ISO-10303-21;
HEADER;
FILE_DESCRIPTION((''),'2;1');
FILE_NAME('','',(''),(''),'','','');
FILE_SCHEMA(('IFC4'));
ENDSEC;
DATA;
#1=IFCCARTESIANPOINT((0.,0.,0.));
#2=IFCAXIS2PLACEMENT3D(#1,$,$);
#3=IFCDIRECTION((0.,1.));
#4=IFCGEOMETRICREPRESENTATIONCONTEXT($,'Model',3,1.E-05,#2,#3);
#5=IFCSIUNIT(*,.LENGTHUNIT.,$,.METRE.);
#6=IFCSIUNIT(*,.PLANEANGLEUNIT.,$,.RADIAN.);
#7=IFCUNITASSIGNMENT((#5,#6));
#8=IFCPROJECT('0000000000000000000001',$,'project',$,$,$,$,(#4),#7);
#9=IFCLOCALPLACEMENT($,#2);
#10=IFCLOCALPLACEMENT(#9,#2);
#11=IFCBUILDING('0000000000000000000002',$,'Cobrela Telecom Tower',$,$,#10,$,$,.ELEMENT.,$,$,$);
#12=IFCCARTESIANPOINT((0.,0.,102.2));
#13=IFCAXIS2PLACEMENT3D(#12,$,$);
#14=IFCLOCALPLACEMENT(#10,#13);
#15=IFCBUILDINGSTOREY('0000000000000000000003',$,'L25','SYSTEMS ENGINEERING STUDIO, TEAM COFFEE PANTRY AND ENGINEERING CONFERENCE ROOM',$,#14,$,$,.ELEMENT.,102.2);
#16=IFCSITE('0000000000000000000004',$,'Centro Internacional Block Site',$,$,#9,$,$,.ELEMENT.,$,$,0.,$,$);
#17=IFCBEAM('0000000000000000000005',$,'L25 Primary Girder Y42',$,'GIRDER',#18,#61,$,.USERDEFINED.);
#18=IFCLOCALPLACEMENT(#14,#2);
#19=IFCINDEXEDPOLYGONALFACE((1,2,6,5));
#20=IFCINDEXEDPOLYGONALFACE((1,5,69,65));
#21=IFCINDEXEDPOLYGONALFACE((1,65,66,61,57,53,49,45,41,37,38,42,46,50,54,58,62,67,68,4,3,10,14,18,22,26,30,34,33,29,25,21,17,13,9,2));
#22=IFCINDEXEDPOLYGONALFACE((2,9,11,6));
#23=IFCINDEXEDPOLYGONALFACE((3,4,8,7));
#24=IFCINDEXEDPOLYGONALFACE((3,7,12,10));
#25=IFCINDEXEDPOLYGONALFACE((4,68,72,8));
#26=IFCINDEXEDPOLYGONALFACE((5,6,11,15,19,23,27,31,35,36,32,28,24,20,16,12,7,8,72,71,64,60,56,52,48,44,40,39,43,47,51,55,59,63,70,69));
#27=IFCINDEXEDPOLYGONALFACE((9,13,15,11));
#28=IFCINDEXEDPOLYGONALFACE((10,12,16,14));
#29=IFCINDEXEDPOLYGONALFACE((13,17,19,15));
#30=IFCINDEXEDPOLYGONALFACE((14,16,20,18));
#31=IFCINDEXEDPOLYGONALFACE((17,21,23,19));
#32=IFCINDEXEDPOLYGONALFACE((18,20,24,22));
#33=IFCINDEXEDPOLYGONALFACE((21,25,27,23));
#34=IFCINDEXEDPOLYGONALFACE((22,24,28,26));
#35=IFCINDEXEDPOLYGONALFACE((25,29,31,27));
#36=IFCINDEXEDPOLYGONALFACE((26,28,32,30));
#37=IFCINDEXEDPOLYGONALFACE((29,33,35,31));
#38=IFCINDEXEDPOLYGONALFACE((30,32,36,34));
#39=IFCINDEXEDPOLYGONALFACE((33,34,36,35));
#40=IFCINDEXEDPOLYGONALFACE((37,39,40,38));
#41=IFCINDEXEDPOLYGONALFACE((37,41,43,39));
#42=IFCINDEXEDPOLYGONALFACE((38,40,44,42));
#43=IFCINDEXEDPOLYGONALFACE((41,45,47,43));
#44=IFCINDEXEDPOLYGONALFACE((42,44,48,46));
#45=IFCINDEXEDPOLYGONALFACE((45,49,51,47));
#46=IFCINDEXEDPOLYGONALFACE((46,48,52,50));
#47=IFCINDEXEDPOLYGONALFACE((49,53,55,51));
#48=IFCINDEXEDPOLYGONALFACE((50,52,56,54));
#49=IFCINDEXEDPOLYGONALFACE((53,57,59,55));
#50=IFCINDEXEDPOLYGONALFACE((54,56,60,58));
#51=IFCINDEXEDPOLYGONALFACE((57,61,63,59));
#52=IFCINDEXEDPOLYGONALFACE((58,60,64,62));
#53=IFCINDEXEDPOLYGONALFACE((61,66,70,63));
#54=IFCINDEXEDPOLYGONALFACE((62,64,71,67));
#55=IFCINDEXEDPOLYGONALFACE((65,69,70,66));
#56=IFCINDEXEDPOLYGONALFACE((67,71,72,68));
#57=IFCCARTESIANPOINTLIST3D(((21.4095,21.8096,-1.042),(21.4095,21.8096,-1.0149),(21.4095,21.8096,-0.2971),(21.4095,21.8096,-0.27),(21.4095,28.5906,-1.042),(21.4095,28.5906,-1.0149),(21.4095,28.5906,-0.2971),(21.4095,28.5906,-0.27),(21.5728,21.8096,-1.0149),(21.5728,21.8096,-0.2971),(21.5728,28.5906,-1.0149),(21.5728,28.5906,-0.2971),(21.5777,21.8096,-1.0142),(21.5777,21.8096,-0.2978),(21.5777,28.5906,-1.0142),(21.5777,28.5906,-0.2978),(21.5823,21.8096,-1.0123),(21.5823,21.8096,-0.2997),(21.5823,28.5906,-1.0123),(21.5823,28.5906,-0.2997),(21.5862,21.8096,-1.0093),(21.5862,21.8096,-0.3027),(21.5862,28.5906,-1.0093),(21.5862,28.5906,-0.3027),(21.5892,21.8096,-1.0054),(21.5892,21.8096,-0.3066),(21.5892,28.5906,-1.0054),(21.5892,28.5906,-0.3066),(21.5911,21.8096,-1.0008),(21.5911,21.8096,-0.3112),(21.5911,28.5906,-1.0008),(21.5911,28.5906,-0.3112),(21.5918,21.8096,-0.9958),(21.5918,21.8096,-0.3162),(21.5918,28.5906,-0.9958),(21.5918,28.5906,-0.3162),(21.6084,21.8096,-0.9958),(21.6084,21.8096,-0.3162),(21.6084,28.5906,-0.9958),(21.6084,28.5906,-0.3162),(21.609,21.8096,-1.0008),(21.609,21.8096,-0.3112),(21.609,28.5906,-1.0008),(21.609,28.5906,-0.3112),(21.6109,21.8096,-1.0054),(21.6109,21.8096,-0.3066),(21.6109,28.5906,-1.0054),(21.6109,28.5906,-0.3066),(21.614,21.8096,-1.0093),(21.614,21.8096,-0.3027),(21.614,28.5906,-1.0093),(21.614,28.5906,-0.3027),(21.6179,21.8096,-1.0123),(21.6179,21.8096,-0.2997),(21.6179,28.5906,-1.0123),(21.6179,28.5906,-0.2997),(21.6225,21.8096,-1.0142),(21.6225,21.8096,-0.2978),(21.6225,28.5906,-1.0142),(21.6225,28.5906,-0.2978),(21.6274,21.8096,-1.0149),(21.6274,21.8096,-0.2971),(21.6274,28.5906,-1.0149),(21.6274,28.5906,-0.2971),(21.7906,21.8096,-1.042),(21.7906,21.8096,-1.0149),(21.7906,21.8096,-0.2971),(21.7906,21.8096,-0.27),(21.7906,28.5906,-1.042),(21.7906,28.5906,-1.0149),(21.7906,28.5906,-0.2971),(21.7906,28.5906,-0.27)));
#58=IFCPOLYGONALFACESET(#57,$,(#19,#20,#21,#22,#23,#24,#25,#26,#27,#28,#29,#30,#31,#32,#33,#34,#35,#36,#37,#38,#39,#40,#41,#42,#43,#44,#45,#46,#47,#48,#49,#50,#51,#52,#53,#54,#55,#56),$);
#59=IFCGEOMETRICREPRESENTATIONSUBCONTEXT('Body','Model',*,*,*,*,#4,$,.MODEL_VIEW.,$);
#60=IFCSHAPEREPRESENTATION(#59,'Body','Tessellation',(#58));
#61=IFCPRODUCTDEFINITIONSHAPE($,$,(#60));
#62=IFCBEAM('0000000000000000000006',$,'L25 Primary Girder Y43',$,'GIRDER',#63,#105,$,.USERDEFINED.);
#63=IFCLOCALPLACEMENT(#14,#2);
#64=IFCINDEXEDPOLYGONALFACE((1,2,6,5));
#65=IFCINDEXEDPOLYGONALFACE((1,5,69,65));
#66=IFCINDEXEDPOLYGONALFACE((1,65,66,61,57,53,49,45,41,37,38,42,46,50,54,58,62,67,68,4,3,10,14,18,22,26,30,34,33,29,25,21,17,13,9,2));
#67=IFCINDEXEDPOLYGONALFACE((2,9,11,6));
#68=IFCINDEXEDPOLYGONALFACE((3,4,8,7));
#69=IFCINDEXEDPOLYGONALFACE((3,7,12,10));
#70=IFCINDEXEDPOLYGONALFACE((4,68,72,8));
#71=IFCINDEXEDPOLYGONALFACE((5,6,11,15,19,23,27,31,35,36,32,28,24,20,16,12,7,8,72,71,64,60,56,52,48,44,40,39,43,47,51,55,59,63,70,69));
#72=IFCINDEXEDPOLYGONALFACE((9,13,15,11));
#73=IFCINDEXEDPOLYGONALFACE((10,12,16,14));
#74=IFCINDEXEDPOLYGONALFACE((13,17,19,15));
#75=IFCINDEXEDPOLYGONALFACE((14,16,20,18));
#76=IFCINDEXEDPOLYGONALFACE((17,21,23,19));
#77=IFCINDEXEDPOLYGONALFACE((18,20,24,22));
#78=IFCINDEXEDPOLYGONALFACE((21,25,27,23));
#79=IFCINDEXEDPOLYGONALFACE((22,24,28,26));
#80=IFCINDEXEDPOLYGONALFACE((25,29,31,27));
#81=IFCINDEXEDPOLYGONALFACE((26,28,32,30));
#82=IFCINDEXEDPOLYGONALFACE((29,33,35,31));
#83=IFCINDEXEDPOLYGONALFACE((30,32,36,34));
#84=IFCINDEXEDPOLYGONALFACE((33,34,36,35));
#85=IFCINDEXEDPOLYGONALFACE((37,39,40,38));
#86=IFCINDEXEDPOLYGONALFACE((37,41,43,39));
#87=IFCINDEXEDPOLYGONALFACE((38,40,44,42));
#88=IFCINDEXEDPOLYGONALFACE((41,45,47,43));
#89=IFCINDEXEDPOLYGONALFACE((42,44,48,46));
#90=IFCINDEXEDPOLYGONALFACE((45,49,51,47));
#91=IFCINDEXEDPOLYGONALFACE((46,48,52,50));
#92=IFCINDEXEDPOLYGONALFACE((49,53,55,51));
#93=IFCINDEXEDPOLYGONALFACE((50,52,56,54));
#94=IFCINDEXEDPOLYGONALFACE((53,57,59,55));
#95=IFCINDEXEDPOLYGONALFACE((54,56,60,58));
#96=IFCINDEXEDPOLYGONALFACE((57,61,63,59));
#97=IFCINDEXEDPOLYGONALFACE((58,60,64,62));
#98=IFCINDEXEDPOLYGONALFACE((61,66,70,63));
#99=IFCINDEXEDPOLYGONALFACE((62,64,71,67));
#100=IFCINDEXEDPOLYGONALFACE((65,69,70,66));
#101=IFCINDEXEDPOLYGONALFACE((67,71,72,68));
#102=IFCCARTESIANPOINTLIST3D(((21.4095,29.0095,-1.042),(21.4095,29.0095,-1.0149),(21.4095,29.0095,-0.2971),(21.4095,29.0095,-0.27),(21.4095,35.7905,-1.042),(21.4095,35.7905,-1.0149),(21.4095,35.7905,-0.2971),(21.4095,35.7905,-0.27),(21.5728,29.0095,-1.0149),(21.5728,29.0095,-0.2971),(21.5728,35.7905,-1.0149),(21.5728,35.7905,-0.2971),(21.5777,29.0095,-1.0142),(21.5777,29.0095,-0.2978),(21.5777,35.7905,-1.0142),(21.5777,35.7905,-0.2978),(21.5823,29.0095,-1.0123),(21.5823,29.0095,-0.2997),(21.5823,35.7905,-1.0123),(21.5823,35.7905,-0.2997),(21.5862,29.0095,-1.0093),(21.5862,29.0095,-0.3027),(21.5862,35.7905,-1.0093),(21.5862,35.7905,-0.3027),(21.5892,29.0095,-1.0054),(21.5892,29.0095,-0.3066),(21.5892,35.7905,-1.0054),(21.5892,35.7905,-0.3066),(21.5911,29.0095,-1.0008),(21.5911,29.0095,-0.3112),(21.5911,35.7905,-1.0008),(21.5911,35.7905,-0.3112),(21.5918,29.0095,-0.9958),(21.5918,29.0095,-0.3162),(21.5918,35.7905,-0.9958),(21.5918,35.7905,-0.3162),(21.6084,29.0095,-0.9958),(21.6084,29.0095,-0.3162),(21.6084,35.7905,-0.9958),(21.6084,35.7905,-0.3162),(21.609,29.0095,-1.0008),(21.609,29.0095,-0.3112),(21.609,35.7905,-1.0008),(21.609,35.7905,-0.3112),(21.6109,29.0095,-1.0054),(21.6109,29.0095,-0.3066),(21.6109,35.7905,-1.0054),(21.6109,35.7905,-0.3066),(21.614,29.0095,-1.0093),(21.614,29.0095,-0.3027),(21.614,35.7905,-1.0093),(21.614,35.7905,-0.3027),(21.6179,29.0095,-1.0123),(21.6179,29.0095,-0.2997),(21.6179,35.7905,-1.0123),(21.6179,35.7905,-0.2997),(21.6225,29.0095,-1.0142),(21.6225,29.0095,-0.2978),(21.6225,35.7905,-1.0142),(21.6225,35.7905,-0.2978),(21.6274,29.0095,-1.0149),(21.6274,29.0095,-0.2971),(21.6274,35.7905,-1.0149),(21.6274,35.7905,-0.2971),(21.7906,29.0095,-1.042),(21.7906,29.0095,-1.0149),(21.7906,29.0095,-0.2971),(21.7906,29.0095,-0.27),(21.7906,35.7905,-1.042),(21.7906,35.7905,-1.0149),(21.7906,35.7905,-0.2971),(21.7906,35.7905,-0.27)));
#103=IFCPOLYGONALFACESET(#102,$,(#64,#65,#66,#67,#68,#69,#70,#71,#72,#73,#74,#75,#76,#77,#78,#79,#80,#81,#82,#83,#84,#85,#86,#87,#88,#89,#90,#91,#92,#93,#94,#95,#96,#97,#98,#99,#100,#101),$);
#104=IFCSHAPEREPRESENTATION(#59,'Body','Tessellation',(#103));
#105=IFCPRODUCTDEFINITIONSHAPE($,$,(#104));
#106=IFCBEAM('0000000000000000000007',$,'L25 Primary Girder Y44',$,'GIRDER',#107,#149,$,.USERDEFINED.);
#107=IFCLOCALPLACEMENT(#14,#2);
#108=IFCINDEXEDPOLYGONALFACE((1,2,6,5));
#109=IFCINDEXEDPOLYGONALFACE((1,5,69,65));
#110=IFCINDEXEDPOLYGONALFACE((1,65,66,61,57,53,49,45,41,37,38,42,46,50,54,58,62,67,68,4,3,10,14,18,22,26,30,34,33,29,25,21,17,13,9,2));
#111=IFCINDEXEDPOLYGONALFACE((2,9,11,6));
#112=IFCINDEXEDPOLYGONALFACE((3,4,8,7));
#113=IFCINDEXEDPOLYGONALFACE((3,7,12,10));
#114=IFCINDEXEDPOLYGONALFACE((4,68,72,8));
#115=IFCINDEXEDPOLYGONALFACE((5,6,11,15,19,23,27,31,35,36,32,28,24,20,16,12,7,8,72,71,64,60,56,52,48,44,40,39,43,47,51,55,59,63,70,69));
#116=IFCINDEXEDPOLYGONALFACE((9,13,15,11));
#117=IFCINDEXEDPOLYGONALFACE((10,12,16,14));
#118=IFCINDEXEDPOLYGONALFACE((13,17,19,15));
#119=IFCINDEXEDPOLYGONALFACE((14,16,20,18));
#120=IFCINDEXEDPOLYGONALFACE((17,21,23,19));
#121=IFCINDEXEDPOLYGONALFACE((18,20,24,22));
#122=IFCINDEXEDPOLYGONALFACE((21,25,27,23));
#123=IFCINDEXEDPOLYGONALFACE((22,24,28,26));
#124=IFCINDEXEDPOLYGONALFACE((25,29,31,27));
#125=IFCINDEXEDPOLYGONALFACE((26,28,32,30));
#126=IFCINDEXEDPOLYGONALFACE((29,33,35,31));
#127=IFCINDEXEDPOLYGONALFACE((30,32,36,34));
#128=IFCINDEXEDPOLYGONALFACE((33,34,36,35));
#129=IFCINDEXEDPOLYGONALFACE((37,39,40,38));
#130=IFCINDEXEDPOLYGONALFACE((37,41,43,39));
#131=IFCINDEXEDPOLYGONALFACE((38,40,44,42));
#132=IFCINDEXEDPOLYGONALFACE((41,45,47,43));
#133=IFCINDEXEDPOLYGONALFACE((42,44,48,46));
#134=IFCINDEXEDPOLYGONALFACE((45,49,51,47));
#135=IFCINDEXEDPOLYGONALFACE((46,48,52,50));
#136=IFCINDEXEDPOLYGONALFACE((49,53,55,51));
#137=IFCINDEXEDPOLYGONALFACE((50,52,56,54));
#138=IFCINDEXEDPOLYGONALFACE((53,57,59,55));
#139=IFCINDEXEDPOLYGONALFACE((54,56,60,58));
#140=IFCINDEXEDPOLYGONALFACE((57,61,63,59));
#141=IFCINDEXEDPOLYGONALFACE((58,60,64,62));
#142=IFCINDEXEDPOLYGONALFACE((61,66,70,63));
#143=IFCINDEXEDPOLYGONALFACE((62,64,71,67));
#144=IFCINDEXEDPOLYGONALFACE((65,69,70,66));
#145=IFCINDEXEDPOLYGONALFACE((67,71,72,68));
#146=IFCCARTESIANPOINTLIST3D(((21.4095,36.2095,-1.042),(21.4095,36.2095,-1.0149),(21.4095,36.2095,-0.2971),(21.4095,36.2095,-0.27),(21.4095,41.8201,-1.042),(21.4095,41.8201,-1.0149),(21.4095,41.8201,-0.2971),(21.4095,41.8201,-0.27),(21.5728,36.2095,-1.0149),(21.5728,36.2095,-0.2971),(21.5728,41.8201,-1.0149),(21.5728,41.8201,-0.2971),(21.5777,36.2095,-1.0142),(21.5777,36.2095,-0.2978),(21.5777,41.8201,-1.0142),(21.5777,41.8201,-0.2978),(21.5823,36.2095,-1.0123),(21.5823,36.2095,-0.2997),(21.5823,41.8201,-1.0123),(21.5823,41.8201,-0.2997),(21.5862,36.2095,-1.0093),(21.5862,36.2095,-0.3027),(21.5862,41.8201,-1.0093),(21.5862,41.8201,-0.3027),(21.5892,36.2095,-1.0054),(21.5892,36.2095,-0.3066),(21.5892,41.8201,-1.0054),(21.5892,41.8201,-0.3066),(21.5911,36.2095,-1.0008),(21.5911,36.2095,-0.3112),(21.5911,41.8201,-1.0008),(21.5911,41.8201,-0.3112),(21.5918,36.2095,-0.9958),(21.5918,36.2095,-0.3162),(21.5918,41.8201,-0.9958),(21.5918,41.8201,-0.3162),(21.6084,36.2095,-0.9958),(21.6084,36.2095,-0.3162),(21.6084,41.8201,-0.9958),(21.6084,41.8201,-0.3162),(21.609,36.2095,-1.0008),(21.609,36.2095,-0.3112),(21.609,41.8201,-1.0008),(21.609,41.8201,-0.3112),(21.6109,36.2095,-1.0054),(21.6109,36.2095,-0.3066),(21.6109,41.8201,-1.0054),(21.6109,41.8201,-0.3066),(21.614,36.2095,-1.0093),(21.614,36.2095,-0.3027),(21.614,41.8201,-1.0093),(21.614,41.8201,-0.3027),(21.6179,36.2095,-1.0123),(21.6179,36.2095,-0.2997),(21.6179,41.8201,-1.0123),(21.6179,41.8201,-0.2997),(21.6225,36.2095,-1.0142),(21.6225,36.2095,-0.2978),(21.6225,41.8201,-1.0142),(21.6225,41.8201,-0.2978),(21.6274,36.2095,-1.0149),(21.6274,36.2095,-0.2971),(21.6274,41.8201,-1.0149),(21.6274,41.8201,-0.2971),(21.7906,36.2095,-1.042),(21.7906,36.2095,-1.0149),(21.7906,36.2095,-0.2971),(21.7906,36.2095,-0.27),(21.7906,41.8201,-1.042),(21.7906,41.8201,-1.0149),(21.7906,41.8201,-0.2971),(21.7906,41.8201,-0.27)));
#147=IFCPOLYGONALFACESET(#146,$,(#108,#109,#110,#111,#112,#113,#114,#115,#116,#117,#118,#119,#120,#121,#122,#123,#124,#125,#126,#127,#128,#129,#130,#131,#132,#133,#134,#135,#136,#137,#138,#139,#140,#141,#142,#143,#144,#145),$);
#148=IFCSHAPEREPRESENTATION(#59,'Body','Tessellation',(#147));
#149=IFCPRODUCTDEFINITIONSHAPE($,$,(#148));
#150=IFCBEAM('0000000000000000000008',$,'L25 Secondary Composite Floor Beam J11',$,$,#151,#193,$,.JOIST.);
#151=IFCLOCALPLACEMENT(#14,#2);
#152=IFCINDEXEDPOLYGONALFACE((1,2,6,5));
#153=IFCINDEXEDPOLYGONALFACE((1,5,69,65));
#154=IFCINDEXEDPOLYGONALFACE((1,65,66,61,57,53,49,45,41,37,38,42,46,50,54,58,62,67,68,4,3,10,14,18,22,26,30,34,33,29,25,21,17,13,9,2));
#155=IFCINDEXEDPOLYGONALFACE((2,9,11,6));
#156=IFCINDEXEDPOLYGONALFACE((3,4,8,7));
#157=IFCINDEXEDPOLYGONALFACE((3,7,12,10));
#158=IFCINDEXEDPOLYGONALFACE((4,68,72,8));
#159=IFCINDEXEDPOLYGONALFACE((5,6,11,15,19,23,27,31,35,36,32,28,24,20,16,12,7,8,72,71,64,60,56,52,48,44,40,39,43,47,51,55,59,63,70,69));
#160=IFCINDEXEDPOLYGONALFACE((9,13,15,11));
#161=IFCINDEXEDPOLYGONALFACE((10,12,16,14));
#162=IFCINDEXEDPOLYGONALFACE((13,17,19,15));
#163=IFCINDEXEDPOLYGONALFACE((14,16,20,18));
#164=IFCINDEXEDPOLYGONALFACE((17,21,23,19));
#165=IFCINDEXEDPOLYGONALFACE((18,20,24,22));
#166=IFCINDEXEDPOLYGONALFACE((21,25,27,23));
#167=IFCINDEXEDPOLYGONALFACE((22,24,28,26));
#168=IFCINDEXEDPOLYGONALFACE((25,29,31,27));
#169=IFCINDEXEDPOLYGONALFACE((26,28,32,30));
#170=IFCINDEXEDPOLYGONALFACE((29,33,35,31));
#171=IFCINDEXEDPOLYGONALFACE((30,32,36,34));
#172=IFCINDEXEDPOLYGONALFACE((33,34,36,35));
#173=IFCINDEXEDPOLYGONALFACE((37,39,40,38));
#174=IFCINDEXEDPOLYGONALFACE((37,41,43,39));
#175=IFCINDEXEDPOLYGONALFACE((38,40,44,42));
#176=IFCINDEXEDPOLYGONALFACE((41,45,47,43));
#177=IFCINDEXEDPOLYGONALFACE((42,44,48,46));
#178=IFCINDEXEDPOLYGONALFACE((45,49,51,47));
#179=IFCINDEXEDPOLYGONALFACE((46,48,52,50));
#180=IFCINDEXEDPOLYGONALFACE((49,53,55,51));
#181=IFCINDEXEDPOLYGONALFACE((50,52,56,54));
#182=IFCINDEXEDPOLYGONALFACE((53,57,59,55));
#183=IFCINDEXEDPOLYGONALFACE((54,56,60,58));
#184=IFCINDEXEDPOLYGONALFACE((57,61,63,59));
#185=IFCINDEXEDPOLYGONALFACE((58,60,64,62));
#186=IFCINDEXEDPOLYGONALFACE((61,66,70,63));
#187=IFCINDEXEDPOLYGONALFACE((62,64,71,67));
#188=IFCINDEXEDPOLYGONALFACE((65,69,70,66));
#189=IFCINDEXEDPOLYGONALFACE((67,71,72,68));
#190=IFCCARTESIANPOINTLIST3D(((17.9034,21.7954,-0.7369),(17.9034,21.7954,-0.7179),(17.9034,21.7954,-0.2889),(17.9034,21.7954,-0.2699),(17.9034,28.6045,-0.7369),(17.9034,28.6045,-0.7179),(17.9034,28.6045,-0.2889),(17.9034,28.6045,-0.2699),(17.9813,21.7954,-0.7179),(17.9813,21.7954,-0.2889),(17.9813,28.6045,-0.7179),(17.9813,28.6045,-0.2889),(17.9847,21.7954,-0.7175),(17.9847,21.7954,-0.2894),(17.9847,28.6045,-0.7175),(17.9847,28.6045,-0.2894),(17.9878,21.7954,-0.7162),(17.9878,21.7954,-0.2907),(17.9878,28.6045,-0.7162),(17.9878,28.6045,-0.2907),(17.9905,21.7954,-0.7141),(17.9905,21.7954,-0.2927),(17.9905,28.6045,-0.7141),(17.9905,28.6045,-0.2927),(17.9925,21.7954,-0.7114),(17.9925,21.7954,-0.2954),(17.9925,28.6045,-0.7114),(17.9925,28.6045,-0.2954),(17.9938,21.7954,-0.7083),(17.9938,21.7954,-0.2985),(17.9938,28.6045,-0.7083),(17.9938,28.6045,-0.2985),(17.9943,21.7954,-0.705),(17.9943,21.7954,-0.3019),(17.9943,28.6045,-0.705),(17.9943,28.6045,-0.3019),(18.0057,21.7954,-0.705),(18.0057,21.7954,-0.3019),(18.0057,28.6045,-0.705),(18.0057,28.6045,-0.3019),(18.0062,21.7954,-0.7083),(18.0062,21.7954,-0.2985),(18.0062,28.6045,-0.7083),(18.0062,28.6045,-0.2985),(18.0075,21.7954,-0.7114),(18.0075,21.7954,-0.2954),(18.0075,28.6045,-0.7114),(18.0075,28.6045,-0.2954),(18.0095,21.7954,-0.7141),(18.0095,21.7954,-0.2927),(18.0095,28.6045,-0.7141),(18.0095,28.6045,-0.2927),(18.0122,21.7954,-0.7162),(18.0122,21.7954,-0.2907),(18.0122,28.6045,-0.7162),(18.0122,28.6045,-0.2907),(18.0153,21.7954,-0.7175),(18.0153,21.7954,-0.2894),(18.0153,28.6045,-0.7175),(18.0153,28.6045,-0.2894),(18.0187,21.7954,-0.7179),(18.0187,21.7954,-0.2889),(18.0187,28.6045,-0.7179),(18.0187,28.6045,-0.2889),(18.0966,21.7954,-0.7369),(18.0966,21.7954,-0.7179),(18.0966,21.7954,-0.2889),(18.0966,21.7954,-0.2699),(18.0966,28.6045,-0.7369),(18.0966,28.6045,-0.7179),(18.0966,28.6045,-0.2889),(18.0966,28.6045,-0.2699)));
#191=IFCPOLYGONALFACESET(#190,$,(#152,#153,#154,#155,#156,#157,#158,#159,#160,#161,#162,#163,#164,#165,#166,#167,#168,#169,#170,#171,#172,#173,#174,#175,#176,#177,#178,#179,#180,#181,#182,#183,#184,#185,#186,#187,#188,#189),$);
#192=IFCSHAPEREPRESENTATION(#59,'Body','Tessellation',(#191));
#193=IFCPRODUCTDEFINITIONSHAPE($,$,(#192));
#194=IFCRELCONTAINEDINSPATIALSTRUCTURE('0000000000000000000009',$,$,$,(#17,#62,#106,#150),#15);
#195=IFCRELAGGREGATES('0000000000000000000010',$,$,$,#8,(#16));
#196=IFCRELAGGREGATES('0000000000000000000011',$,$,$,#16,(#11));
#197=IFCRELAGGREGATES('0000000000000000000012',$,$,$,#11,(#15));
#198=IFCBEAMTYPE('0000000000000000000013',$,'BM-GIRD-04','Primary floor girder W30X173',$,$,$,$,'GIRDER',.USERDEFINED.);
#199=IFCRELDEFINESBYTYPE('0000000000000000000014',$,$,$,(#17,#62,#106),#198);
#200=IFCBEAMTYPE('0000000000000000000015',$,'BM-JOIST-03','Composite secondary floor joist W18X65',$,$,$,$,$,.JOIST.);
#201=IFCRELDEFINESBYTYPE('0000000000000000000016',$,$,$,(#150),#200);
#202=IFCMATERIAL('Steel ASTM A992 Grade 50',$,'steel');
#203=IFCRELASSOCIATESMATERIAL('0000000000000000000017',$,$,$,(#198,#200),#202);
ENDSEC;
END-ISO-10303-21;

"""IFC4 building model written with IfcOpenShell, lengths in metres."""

from ifc_helpers import new_model, si_unit, direction, frame, origin, origin_2d, place, context, subcontext, project, spatial, i_section, extrude, material, material_profile, profile_set, type_object, element, save


model = new_model("IFC4")

# Units and contexts
model_context = context("Model", 3, precision=1e-05, world=origin(), true_north=direction((0.0, 1.0)))
body_context = subcontext(model_context, "Body", "Model", "MODEL_VIEW")
ifc_project = project(units=[si_unit("LENGTHUNIT", "METRE"), si_unit("PLANEANGLEUNIT", "RADIAN")], contexts=[model_context])

# Site, building, storey
site_placement = place(None, origin())
site = spatial("IfcSite", under=ifc_project, at=site_placement, Name="Centro Internacional Block Site", CompositionType="ELEMENT", RefElevation=0.0)
building_placement = place(site_placement, origin())
building = spatial("IfcBuilding", under=site, at=building_placement, Name="Cobrela Telecom Tower", CompositionType="ELEMENT")
storey_placement = place(building_placement, frame((0.0, 0.0, 102.2)))
storey = spatial("IfcBuildingStorey", under=building, at=storey_placement, Name="L25", Description="SYSTEMS ENGINEERING STUDIO, TEAM COFFEE PANTRY AND ENGINEERING CONFERENCE ROOM", CompositionType="ELEMENT", Elevation=102.2)

# Shared definitions
ifc_material_1 = material(Name="Steel ASTM A992 Grade 50", Category="steel")

# Beams
ifc_material_profile_1 = material_profile(ifc_material_1, i_section(OverallWidth=0.3811, OverallDepth=0.772, WebThickness=0.0166, FlangeThickness=0.0271, FilletRadius=0.019, at=origin_2d()), Name="W30X173")
ifc_profile_set_1 = profile_set([ifc_material_profile_1], Name="Steel ASTM A992 Grade 50")
beam_type_1 = type_object("IfcBeamType", Name="BM-GIRD-04", Description="Primary floor girder W30X173", ElementType="GIRDER", PredefinedType="USERDEFINED", material=ifc_profile_set_1)
for number, where, z_axis, x_axis, name in (
    (1, (21.6001, 21.8096, -0.656), (0.0, 1.0, 0.0), (-1.0, 0.0, 0.0), "L25 Primary Girder Y42"),
    (2, (21.6001, 29.0095, -0.656), (0.0, 1.0, 0.0), (-1.0, 0.0, 0.0), "L25 Primary Girder Y43"),
):
    element("IfcBeam", number, at=place(storey_placement, frame(where, z_axis=z_axis, x_axis=x_axis)), inside=storey, type_object=beam_type_1, Name=name, ObjectType="GIRDER", PredefinedType="USERDEFINED", context=body_context, shape_type="SweptSolid", body=[
        extrude(i_section(OverallWidth=0.3811, OverallDepth=0.772, WebThickness=0.0166, FlangeThickness=0.0271, FilletRadius=0.019, at=origin_2d()), origin(), (0.0, 0.0, 1.0), 6.781),
    ])
beam_1_placement = place(storey_placement, frame((21.6001, 36.2095, -0.656), z_axis=(0.0, 1.0, 0.0), x_axis=(-1.0, 0.0, 0.0)))
element("IfcBeam", 3, at=beam_1_placement, inside=storey, type_object=beam_type_1, Name="L25 Primary Girder Y44", ObjectType="GIRDER", PredefinedType="USERDEFINED", context=body_context, shape_type="SweptSolid", body=[
    extrude(i_section(OverallWidth=0.3811, OverallDepth=0.772, WebThickness=0.0166, FlangeThickness=0.0271, FilletRadius=0.019, at=origin_2d()), origin(), (0.0, 0.0, 1.0), 5.6106),
])
ifc_material_profile_2 = material_profile(ifc_material_1, i_section(OverallWidth=0.1931, OverallDepth=0.467, WebThickness=0.0115, FlangeThickness=0.019, FilletRadius=0.0129, at=origin_2d()), Name="W18X65")
ifc_profile_set_2 = profile_set([ifc_material_profile_2], Name="Steel ASTM A992 Grade 50")
beam_type_2 = type_object("IfcBeamType", Name="BM-JOIST-03", Description="Composite secondary floor joist W18X65", PredefinedType="JOIST", material=ifc_profile_set_2)
beam_2_placement = place(storey_placement, frame((18.0, 21.7954, -0.5034), z_axis=(0.0, 1.0, 0.0), x_axis=(-1.0, 0.0, 0.0)))
element("IfcBeam", 4, at=beam_2_placement, inside=storey, type_object=beam_type_2, Name="L25 Secondary Composite Floor Beam J11", PredefinedType="JOIST", context=body_context, shape_type="SweptSolid", body=[
    extrude(i_section(OverallWidth=0.1931, OverallDepth=0.467, WebThickness=0.0115, FlangeThickness=0.019, FilletRadius=0.0129, at=origin_2d()), origin(), (0.0, 0.0, 1.0), 6.8091),
])

save(model, "model.ifc")
